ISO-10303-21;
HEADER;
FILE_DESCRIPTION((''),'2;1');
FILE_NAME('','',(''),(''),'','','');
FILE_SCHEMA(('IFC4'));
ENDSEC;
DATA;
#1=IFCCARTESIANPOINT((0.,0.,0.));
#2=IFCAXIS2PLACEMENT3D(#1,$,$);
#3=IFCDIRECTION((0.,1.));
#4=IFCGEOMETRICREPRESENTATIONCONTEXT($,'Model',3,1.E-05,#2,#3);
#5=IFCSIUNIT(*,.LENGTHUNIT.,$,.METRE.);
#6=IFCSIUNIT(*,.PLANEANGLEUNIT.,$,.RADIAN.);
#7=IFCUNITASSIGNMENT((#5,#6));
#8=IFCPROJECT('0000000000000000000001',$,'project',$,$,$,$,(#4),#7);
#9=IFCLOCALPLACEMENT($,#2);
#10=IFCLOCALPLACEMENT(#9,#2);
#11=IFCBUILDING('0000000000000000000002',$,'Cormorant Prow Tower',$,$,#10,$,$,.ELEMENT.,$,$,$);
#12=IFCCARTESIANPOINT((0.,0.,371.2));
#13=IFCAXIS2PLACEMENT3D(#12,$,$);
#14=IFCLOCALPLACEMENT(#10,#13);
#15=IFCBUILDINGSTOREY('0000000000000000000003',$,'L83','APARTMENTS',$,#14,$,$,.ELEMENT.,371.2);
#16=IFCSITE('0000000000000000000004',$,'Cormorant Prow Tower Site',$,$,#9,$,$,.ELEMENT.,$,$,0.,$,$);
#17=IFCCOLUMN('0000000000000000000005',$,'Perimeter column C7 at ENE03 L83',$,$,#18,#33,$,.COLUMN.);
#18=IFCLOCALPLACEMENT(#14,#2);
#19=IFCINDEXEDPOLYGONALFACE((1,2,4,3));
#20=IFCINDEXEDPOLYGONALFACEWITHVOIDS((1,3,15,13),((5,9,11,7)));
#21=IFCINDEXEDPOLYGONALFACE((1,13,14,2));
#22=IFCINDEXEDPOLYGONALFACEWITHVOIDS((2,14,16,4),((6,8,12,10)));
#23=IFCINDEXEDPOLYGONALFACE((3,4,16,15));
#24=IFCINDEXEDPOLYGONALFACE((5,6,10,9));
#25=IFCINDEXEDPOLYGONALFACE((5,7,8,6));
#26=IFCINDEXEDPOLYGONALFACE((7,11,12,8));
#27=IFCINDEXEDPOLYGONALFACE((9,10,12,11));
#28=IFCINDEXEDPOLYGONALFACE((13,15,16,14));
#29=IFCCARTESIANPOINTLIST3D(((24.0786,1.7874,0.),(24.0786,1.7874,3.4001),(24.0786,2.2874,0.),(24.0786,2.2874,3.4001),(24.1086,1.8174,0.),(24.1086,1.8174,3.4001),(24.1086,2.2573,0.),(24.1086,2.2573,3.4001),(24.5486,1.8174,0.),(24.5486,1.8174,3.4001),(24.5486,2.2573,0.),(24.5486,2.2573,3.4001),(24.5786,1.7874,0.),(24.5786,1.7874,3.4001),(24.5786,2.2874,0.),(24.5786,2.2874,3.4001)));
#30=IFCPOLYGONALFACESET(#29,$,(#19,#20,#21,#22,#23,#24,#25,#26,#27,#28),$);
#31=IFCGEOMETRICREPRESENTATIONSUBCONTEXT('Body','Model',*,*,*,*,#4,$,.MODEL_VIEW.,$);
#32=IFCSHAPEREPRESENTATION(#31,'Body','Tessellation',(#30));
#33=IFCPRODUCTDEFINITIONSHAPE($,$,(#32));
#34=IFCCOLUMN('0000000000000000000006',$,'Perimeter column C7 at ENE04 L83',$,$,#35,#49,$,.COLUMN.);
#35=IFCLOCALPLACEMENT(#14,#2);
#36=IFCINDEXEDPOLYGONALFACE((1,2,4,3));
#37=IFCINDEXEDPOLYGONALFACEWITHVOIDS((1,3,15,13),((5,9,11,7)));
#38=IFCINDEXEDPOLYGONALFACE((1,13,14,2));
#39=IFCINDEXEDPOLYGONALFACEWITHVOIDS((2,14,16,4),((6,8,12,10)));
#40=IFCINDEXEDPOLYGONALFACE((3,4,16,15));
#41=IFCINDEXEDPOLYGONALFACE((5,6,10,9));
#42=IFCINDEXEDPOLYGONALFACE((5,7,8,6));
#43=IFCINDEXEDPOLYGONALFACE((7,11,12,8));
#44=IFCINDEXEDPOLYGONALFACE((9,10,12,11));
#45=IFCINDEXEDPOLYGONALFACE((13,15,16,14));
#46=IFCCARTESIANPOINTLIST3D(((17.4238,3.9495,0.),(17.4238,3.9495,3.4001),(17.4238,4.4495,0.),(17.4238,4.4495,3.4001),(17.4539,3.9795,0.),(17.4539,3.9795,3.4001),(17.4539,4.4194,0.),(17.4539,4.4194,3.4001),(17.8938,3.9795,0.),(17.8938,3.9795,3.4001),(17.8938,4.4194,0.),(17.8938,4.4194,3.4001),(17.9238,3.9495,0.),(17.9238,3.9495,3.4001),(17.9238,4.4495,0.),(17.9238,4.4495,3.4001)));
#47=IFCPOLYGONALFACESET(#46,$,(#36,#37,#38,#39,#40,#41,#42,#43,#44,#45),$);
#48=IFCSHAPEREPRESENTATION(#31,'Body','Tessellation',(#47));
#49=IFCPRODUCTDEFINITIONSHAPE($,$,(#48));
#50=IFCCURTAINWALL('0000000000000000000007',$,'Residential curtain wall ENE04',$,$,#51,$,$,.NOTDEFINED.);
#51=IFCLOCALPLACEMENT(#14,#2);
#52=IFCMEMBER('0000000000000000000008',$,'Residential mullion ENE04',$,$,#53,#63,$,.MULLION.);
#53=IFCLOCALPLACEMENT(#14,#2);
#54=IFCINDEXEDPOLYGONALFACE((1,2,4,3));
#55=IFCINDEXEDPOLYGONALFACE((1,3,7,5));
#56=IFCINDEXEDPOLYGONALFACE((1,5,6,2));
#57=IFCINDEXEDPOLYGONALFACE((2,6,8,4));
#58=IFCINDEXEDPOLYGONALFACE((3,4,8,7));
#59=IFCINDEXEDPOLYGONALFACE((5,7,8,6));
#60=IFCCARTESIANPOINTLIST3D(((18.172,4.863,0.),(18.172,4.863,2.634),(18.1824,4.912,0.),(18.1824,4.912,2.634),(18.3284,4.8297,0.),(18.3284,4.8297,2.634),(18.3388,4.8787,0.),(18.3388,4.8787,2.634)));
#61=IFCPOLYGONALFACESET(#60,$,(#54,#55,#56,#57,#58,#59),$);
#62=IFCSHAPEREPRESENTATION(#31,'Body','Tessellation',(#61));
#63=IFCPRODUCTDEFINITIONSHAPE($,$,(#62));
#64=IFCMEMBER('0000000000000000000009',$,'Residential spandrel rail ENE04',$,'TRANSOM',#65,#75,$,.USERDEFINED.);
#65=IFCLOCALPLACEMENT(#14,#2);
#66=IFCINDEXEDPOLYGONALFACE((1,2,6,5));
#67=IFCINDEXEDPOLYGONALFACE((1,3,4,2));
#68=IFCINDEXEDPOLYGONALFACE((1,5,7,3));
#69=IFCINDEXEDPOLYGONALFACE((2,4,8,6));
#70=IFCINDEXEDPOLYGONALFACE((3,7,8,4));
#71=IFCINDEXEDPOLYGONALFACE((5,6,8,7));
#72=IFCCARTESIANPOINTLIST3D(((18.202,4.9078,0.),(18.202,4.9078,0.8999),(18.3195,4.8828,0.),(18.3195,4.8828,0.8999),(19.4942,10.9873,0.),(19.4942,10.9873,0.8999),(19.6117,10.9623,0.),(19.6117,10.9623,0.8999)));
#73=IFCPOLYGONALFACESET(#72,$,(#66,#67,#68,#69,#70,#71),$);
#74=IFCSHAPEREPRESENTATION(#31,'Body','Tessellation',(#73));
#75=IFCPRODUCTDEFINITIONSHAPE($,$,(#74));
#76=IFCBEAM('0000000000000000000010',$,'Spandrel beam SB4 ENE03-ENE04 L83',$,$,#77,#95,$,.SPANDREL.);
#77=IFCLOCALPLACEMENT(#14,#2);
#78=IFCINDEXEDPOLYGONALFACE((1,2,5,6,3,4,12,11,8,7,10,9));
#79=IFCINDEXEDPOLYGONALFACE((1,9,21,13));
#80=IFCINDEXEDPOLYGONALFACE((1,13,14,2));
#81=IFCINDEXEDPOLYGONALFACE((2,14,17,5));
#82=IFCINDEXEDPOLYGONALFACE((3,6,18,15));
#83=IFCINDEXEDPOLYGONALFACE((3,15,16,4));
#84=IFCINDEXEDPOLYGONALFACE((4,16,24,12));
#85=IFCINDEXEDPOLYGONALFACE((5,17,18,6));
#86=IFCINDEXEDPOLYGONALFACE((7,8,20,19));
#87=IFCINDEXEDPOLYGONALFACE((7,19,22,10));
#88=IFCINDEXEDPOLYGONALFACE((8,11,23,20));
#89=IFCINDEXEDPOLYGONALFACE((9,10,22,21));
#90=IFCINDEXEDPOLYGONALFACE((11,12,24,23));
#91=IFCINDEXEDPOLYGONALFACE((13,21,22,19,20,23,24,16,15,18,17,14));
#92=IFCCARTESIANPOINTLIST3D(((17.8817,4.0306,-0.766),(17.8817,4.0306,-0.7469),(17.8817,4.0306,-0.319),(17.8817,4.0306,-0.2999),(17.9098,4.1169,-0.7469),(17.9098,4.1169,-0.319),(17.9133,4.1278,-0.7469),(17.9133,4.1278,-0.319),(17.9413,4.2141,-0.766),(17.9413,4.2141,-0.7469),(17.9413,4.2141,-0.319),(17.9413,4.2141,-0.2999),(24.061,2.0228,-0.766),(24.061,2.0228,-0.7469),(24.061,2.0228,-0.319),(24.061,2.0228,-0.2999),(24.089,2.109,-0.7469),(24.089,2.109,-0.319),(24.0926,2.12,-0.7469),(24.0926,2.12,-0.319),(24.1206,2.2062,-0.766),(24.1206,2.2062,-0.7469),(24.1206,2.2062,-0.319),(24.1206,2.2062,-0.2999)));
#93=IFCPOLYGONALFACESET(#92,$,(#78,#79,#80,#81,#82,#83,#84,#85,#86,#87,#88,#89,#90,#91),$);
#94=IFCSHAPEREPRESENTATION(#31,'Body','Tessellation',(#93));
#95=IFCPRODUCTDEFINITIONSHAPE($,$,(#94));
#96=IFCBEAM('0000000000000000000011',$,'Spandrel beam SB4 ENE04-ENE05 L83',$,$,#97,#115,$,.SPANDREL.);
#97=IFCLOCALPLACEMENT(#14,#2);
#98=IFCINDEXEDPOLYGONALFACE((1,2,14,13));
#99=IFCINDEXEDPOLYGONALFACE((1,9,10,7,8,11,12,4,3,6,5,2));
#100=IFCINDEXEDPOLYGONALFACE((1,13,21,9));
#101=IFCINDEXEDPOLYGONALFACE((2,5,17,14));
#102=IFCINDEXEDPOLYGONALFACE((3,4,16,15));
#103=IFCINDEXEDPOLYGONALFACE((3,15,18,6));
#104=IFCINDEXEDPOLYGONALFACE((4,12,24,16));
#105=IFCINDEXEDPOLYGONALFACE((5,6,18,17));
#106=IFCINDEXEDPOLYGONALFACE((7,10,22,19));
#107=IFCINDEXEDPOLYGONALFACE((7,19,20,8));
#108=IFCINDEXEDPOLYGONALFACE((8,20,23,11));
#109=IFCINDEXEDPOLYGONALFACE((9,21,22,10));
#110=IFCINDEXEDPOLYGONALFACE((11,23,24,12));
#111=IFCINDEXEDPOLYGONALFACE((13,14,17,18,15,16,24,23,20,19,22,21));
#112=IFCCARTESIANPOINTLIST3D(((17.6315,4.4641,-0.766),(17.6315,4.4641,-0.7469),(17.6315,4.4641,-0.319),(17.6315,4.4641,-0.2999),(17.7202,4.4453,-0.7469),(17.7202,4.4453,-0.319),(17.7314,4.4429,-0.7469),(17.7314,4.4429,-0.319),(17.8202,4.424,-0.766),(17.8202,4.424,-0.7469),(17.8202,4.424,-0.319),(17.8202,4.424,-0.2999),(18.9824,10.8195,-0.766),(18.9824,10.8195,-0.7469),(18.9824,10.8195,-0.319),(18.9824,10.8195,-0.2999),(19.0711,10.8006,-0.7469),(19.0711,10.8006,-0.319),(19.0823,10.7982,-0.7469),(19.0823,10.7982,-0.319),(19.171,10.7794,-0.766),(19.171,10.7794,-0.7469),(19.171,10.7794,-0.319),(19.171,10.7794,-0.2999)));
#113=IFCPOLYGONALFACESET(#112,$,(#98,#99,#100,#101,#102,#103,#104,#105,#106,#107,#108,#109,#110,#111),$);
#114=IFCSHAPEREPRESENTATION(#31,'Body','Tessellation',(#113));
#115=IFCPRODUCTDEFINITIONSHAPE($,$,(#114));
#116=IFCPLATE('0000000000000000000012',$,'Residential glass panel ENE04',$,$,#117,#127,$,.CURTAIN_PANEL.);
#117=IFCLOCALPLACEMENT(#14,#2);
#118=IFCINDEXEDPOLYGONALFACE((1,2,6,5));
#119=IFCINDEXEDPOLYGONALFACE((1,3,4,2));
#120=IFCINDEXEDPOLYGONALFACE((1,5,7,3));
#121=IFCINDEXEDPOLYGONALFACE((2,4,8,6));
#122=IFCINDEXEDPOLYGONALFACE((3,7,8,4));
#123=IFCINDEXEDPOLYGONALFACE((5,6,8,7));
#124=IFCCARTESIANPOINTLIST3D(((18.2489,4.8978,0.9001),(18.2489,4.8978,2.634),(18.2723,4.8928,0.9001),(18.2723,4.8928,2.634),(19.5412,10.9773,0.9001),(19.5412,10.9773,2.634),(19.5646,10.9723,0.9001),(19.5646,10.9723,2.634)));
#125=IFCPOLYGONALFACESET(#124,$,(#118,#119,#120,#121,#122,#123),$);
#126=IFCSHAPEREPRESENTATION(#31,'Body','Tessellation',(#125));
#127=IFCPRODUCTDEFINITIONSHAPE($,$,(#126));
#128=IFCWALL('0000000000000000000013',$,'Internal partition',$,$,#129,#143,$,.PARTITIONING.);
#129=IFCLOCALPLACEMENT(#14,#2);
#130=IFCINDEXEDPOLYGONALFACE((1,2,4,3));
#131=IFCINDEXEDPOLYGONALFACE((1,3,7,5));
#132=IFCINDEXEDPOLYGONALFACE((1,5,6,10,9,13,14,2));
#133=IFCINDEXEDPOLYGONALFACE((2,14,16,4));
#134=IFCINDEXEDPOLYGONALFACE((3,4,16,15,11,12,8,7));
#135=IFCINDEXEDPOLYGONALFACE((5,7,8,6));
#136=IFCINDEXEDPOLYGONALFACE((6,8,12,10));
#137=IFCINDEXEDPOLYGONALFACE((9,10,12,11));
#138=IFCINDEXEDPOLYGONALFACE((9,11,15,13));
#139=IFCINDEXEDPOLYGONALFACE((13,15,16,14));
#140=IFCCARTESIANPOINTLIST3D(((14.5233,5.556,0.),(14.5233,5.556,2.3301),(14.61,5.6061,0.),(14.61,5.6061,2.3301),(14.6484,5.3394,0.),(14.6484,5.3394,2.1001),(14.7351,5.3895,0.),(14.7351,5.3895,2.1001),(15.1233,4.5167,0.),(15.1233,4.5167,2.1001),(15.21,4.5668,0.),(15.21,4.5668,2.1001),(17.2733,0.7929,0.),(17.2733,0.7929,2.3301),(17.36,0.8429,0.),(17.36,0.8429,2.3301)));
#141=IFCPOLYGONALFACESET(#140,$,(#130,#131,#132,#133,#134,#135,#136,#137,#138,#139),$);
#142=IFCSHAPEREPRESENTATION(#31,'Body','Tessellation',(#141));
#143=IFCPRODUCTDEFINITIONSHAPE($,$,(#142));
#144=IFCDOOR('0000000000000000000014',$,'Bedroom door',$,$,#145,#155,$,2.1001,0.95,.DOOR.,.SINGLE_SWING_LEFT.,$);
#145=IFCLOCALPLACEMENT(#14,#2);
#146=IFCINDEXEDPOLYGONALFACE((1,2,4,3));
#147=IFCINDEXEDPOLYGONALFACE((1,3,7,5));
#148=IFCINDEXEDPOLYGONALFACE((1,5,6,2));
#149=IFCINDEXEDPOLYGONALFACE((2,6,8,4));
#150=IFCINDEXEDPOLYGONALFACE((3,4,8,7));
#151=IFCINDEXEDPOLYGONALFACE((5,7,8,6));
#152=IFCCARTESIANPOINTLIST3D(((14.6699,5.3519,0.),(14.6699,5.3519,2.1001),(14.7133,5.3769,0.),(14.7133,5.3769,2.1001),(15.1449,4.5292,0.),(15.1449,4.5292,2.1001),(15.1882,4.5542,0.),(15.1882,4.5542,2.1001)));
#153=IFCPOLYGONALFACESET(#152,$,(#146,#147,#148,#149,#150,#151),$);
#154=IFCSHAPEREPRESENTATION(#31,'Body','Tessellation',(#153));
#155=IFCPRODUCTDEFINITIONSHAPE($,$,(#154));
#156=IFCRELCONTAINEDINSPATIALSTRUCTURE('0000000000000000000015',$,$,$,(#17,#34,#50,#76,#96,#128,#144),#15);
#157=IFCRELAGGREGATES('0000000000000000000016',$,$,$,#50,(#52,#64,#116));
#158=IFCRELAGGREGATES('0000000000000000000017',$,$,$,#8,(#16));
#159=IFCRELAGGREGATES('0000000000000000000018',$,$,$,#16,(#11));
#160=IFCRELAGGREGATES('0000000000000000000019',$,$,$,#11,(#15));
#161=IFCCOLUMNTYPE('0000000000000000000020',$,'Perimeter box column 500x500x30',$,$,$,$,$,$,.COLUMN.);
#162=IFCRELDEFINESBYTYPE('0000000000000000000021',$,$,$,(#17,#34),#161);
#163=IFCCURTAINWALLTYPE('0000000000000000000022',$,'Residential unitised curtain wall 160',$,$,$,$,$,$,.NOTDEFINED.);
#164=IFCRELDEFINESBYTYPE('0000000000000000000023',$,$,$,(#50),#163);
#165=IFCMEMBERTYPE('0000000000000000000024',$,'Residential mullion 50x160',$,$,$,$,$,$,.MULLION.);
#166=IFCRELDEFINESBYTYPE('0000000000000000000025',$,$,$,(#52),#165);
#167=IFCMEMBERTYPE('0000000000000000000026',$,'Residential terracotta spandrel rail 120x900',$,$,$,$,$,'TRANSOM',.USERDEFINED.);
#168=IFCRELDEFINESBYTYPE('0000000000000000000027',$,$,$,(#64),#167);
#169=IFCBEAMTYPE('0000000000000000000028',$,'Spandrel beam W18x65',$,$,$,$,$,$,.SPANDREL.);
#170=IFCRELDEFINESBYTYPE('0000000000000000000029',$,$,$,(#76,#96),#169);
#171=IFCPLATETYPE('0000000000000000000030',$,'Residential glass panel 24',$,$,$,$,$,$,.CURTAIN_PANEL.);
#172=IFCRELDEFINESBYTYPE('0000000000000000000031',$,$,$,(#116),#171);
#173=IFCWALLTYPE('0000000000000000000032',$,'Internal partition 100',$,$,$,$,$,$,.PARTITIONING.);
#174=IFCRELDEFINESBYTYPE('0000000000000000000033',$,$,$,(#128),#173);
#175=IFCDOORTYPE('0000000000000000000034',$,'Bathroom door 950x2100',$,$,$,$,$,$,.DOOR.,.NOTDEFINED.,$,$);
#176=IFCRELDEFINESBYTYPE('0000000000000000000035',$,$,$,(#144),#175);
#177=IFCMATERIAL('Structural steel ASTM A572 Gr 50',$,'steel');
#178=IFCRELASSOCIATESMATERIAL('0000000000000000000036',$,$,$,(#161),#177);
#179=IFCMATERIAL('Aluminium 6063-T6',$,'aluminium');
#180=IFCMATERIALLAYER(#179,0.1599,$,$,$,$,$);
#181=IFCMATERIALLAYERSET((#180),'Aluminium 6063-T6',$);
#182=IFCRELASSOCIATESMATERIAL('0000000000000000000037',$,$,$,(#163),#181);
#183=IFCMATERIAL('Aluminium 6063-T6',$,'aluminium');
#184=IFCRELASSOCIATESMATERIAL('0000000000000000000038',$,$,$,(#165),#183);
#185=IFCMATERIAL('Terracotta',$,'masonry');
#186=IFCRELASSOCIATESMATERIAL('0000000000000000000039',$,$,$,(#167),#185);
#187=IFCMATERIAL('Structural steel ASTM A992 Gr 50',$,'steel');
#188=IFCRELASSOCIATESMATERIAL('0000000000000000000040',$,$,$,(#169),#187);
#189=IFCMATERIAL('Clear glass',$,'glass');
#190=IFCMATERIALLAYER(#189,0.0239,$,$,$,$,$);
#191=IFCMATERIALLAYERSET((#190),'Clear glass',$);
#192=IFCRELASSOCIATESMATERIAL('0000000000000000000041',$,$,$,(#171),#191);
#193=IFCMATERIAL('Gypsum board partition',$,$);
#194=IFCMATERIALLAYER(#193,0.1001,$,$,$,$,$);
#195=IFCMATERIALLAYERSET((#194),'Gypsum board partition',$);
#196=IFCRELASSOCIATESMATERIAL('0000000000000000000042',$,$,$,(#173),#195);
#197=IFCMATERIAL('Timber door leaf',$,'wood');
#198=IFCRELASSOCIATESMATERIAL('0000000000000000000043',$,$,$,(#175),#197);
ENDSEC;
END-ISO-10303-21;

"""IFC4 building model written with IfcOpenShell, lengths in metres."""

from ifc_helpers import new_model, si_unit, direction, frame, frame_2d, origin, origin_2d, place, context, subcontext, project, spatial, rectangle, hollow_rectangle, i_section, extrude, material, layer, layer_set, material_profile, profile_set, type_object, element, fill, aggregate, save


model = new_model("IFC4")

# Units and contexts
model_context = context("Model", 3, precision=1e-05, world=origin(), true_north=direction((0.0, 1.0)))
body_context = subcontext(model_context, "Body", "Model", "MODEL_VIEW")
ifc_project = project(units=[si_unit("LENGTHUNIT", "METRE"), si_unit("PLANEANGLEUNIT", "RADIAN")], contexts=[model_context])

# Site, building, storey
site_placement = place(None, origin())
site = spatial("IfcSite", under=ifc_project, at=site_placement, Name="Cormorant Prow Tower Site", CompositionType="ELEMENT", RefElevation=0.0)
building_placement = place(site_placement, origin())
building = spatial("IfcBuilding", under=site, at=building_placement, Name="Cormorant Prow Tower", CompositionType="ELEMENT")
storey_placement = place(building_placement, frame((0.0, 0.0, 371.2)))
storey = spatial("IfcBuildingStorey", under=building, at=storey_placement, Name="L83", Description="APARTMENTS", CompositionType="ELEMENT", Elevation=371.2)

# Columns
ifc_material_1 = material(Name="Structural steel ASTM A572 Gr 50", Category="steel")
ifc_material_profile_1 = material_profile(ifc_material_1, hollow_rectangle(XDim=0.5, YDim=0.5, WallThickness=0.03, at=origin_2d()), Name="Box 500x500x30")
ifc_profile_set_1 = profile_set([ifc_material_profile_1], Name="Structural steel ASTM A572 Gr 50")
column_type = type_object("IfcColumnType", Name="Perimeter box column 500x500x30", PredefinedType="COLUMN", material=ifc_profile_set_1)
for number, where, z_axis, x_axis, name in (
    (1, (24.3286, 2.0374, 0.0), (0.0, 0.0, 1.0), (1.0, 0.0, 0.0), "Perimeter column C7 at ENE03 L83"),
    (2, (17.6738, 4.1995, 0.0), (0.0, 0.0, 1.0), (1.0, 0.0, 0.0), "Perimeter column C7 at ENE04 L83"),
):
    element("IfcColumn", number, at=place(storey_placement, frame(where, z_axis=z_axis, x_axis=x_axis)), inside=storey, type_object=column_type, Name=name, PredefinedType="COLUMN", context=body_context, shape_type="SweptSolid", body=[
        extrude(hollow_rectangle(XDim=0.5, YDim=0.5, WallThickness=0.03, at=origin_2d()), origin(), (0.0, 0.0, 1.0), 3.4001),
    ])

# Curtain wall, members
ifc_material_2 = material(Name="Aluminium 6063-T6", Category="aluminium")
ifc_layer_1 = layer(ifc_material_2, 0.1599)
ifc_layer_set_1 = layer_set([ifc_layer_1], Name="Aluminium 6063-T6")
curtain_wall_type = type_object("IfcCurtainWallType", Name="Residential unitised curtain wall 160", PredefinedType="NOTDEFINED", material=ifc_layer_set_1)
curtain_wall_placement = place(storey_placement, origin())
curtain_wall = element("IfcCurtainWall", 3, at=curtain_wall_placement, inside=storey, type_object=curtain_wall_type, Name="Residential curtain wall ENE04", PredefinedType="NOTDEFINED")
ifc_material_3 = material(Name="Aluminium 6063-T6", Category="aluminium")
ifc_material_profile_2 = material_profile(ifc_material_3, rectangle(XDim=0.1599, YDim=0.05, at=origin_2d()), Name="Residential mullion 50x160")
ifc_profile_set_2 = profile_set([ifc_material_profile_2], Name="Aluminium 6063-T6")
member_type_1 = type_object("IfcMemberType", Name="Residential mullion 50x160", PredefinedType="MULLION", material=ifc_profile_set_2)
member_1_placement = place(storey_placement, frame((18.2554, 4.8708, 0.0), z_axis=(0.0, 0.0, 1.0), x_axis=(-0.978148, 0.207912, 0.0)))
member_1 = element("IfcMember", 4, at=member_1_placement, type_object=member_type_1, Name="Residential mullion ENE04", PredefinedType="MULLION", context=body_context, shape_type="SweptSolid", body=[
    extrude(rectangle(XDim=0.1599, YDim=0.05, at=origin_2d()), origin(), (0.0, 0.0, 1.0), 2.634),
])
ifc_material_4 = material(Name="Terracotta", Category="masonry")
ifc_material_profile_3 = material_profile(ifc_material_4, rectangle(XDim=0.1201, YDim=0.8999, at=origin_2d()), Name="Residential terracotta spandrel rail 120x900")
ifc_profile_set_3 = profile_set([ifc_material_profile_3], Name="Terracotta")
member_type_2 = type_object("IfcMemberType", Name="Residential terracotta spandrel rail 120x900", ElementType="TRANSOM", PredefinedType="USERDEFINED", material=ifc_profile_set_3)
member_2_placement = place(storey_placement, frame((18.2607, 4.8953, 0.45), z_axis=(0.207909, 0.978148, 0.0), x_axis=(-0.978148, 0.207909, 0.0)))
member_2 = element("IfcMember", 5, at=member_2_placement, type_object=member_type_2, Name="Residential spandrel rail ENE04", ObjectType="TRANSOM", PredefinedType="USERDEFINED", context=body_context, shape_type="SweptSolid", body=[
    extrude(rectangle(XDim=0.1201, YDim=0.8999, at=origin_2d()), origin(), (0.0, 0.0, 1.0), 6.2153),
])

# Beams
ifc_material_5 = material(Name="Structural steel ASTM A992 Gr 50", Category="steel")
ifc_material_profile_4 = material_profile(ifc_material_5, i_section(OverallWidth=0.1929, OverallDepth=0.4661, WebThickness=0.0115, FlangeThickness=0.019, at=origin_2d()), Name="W18x65")
ifc_profile_set_4 = profile_set([ifc_material_profile_4], Name="Structural steel ASTM A992 Gr 50")
beam_type = type_object("IfcBeamType", Name="Spandrel beam W18x65", PredefinedType="SPANDREL", material=ifc_profile_set_4)
for number, where, z_axis, x_axis, name in (
    (6, (24.0908, 2.1145, -0.533), (-0.951053, 0.309027, 0.0), (-0.309027, -0.951053, 0.0), "Spandrel beam SB4 ENE03-ENE04 L83"),
    (7, (17.7258, 4.4441, -0.533), (0.20791, 0.978148, 0.0), (-0.978148, 0.20791, 0.0), "Spandrel beam SB4 ENE04-ENE05 L83"),
):
    element("IfcBeam", number, at=place(storey_placement, frame(where, z_axis=z_axis, x_axis=x_axis)), inside=storey, type_object=beam_type, Name=name, PredefinedType="SPANDREL", context=body_context, shape_type="SweptSolid", body=[
        extrude(i_section(OverallWidth=0.1929, OverallDepth=0.4661, WebThickness=0.0115, FlangeThickness=0.019, at=origin_2d()), origin(), (0.0, 0.0, 1.0), 6.4973),
    ])

# Plate
ifc_material_6 = material(Name="Clear glass", Category="glass")
ifc_layer_2 = layer(ifc_material_6, 0.0239)
ifc_layer_set_2 = layer_set([ifc_layer_2], Name="Clear glass")
plate_type = type_object("IfcPlateType", Name="Residential glass panel 24", PredefinedType="CURTAIN_PANEL", material=ifc_layer_set_2)
plate_placement = place(storey_placement, frame((18.9067, 7.9351, 0.9001), z_axis=(0.0, 0.0, 1.0), x_axis=(0.207912, 0.978148, 0.0)))
plate = element("IfcPlate", 8, at=plate_placement, type_object=plate_type, Name="Residential glass panel ENE04", PredefinedType="CURTAIN_PANEL", context=body_context, shape_type="SweptSolid", body=[
    extrude(rectangle(XDim=6.2153, YDim=0.0239, at=origin_2d()), origin(), (0.0, 0.0, 1.0), 1.7339),
])
aggregate(curtain_wall, [member_1, member_2, plate])

# Wall, opening, door
ifc_material_7 = material(Name="Gypsum board partition")
ifc_layer_3 = layer(ifc_material_7, 0.1001)
ifc_layer_set_3 = layer_set([ifc_layer_3], Name="Gypsum board partition")
wall_type_1 = type_object("IfcWallType", Name="Internal partition 100", PredefinedType="PARTITIONING", material=ifc_layer_set_3)
wall_1_placement = place(storey_placement, frame((14.5667, 5.5811, 0.0), z_axis=(0.0, 0.0, 1.0), x_axis=(0.499997, -0.866027, 0.0)))
wall_1 = element("IfcWall", 9, at=wall_1_placement, inside=storey, type_object=wall_type_1, Name="Internal partition", PredefinedType="PARTITIONING", context=body_context, shape_type="SweptSolid", body=[
    extrude(rectangle(XDim=5.5, YDim=0.1001, at=frame_2d((2.75, 0.0))), origin(), (0.0, 0.0, 1.0), 2.3301),
])
opening_1_placement = place(wall_1_placement, frame((0.25, 0.0, 0.0)))
opening_1 = element("IfcOpeningElement", 10, at=opening_1_placement, cuts=wall_1, PredefinedType="OPENING", context=body_context, shape_type="SweptSolid", body=[
    extrude(rectangle(XDim=0.95, YDim=2.1001, at=frame_2d((0.4751, 1.05))), frame((0.0, 0.0601, 0.0), z_axis=(0.0, -1.0, 0.0), x_axis=(1.0, 0.0, 0.0)), (0.0, 0.0, 1.0), 0.1201),
])
ifc_material_8 = material(Name="Timber door leaf", Category="wood")
door_type_1 = type_object("IfcDoorType", Name="Bathroom door 950x2100", OperationType="NOTDEFINED", PredefinedType="DOOR", material=ifc_material_8)
door_1_placement = place(opening_1_placement, origin())
door_1 = element("IfcDoor", 11, at=door_1_placement, inside=storey, type_object=door_type_1, Name="Bedroom door", OperationType="SINGLE_SWING_LEFT", OverallHeight=2.1001, OverallWidth=0.95, PredefinedType="DOOR", context=body_context, shape_type="SweptSolid", body=[
    extrude(rectangle(XDim=0.95, YDim=2.1001, at=frame_2d((0.4751, 1.05))), frame((0.0, 0.0249, 0.0), z_axis=(0.0, -1.0, 0.0), x_axis=(1.0, 0.0, 0.0)), (0.0, 0.0, 1.0), 0.05),
])
fill(opening_1, door_1)

save(model, "model.ifc")
